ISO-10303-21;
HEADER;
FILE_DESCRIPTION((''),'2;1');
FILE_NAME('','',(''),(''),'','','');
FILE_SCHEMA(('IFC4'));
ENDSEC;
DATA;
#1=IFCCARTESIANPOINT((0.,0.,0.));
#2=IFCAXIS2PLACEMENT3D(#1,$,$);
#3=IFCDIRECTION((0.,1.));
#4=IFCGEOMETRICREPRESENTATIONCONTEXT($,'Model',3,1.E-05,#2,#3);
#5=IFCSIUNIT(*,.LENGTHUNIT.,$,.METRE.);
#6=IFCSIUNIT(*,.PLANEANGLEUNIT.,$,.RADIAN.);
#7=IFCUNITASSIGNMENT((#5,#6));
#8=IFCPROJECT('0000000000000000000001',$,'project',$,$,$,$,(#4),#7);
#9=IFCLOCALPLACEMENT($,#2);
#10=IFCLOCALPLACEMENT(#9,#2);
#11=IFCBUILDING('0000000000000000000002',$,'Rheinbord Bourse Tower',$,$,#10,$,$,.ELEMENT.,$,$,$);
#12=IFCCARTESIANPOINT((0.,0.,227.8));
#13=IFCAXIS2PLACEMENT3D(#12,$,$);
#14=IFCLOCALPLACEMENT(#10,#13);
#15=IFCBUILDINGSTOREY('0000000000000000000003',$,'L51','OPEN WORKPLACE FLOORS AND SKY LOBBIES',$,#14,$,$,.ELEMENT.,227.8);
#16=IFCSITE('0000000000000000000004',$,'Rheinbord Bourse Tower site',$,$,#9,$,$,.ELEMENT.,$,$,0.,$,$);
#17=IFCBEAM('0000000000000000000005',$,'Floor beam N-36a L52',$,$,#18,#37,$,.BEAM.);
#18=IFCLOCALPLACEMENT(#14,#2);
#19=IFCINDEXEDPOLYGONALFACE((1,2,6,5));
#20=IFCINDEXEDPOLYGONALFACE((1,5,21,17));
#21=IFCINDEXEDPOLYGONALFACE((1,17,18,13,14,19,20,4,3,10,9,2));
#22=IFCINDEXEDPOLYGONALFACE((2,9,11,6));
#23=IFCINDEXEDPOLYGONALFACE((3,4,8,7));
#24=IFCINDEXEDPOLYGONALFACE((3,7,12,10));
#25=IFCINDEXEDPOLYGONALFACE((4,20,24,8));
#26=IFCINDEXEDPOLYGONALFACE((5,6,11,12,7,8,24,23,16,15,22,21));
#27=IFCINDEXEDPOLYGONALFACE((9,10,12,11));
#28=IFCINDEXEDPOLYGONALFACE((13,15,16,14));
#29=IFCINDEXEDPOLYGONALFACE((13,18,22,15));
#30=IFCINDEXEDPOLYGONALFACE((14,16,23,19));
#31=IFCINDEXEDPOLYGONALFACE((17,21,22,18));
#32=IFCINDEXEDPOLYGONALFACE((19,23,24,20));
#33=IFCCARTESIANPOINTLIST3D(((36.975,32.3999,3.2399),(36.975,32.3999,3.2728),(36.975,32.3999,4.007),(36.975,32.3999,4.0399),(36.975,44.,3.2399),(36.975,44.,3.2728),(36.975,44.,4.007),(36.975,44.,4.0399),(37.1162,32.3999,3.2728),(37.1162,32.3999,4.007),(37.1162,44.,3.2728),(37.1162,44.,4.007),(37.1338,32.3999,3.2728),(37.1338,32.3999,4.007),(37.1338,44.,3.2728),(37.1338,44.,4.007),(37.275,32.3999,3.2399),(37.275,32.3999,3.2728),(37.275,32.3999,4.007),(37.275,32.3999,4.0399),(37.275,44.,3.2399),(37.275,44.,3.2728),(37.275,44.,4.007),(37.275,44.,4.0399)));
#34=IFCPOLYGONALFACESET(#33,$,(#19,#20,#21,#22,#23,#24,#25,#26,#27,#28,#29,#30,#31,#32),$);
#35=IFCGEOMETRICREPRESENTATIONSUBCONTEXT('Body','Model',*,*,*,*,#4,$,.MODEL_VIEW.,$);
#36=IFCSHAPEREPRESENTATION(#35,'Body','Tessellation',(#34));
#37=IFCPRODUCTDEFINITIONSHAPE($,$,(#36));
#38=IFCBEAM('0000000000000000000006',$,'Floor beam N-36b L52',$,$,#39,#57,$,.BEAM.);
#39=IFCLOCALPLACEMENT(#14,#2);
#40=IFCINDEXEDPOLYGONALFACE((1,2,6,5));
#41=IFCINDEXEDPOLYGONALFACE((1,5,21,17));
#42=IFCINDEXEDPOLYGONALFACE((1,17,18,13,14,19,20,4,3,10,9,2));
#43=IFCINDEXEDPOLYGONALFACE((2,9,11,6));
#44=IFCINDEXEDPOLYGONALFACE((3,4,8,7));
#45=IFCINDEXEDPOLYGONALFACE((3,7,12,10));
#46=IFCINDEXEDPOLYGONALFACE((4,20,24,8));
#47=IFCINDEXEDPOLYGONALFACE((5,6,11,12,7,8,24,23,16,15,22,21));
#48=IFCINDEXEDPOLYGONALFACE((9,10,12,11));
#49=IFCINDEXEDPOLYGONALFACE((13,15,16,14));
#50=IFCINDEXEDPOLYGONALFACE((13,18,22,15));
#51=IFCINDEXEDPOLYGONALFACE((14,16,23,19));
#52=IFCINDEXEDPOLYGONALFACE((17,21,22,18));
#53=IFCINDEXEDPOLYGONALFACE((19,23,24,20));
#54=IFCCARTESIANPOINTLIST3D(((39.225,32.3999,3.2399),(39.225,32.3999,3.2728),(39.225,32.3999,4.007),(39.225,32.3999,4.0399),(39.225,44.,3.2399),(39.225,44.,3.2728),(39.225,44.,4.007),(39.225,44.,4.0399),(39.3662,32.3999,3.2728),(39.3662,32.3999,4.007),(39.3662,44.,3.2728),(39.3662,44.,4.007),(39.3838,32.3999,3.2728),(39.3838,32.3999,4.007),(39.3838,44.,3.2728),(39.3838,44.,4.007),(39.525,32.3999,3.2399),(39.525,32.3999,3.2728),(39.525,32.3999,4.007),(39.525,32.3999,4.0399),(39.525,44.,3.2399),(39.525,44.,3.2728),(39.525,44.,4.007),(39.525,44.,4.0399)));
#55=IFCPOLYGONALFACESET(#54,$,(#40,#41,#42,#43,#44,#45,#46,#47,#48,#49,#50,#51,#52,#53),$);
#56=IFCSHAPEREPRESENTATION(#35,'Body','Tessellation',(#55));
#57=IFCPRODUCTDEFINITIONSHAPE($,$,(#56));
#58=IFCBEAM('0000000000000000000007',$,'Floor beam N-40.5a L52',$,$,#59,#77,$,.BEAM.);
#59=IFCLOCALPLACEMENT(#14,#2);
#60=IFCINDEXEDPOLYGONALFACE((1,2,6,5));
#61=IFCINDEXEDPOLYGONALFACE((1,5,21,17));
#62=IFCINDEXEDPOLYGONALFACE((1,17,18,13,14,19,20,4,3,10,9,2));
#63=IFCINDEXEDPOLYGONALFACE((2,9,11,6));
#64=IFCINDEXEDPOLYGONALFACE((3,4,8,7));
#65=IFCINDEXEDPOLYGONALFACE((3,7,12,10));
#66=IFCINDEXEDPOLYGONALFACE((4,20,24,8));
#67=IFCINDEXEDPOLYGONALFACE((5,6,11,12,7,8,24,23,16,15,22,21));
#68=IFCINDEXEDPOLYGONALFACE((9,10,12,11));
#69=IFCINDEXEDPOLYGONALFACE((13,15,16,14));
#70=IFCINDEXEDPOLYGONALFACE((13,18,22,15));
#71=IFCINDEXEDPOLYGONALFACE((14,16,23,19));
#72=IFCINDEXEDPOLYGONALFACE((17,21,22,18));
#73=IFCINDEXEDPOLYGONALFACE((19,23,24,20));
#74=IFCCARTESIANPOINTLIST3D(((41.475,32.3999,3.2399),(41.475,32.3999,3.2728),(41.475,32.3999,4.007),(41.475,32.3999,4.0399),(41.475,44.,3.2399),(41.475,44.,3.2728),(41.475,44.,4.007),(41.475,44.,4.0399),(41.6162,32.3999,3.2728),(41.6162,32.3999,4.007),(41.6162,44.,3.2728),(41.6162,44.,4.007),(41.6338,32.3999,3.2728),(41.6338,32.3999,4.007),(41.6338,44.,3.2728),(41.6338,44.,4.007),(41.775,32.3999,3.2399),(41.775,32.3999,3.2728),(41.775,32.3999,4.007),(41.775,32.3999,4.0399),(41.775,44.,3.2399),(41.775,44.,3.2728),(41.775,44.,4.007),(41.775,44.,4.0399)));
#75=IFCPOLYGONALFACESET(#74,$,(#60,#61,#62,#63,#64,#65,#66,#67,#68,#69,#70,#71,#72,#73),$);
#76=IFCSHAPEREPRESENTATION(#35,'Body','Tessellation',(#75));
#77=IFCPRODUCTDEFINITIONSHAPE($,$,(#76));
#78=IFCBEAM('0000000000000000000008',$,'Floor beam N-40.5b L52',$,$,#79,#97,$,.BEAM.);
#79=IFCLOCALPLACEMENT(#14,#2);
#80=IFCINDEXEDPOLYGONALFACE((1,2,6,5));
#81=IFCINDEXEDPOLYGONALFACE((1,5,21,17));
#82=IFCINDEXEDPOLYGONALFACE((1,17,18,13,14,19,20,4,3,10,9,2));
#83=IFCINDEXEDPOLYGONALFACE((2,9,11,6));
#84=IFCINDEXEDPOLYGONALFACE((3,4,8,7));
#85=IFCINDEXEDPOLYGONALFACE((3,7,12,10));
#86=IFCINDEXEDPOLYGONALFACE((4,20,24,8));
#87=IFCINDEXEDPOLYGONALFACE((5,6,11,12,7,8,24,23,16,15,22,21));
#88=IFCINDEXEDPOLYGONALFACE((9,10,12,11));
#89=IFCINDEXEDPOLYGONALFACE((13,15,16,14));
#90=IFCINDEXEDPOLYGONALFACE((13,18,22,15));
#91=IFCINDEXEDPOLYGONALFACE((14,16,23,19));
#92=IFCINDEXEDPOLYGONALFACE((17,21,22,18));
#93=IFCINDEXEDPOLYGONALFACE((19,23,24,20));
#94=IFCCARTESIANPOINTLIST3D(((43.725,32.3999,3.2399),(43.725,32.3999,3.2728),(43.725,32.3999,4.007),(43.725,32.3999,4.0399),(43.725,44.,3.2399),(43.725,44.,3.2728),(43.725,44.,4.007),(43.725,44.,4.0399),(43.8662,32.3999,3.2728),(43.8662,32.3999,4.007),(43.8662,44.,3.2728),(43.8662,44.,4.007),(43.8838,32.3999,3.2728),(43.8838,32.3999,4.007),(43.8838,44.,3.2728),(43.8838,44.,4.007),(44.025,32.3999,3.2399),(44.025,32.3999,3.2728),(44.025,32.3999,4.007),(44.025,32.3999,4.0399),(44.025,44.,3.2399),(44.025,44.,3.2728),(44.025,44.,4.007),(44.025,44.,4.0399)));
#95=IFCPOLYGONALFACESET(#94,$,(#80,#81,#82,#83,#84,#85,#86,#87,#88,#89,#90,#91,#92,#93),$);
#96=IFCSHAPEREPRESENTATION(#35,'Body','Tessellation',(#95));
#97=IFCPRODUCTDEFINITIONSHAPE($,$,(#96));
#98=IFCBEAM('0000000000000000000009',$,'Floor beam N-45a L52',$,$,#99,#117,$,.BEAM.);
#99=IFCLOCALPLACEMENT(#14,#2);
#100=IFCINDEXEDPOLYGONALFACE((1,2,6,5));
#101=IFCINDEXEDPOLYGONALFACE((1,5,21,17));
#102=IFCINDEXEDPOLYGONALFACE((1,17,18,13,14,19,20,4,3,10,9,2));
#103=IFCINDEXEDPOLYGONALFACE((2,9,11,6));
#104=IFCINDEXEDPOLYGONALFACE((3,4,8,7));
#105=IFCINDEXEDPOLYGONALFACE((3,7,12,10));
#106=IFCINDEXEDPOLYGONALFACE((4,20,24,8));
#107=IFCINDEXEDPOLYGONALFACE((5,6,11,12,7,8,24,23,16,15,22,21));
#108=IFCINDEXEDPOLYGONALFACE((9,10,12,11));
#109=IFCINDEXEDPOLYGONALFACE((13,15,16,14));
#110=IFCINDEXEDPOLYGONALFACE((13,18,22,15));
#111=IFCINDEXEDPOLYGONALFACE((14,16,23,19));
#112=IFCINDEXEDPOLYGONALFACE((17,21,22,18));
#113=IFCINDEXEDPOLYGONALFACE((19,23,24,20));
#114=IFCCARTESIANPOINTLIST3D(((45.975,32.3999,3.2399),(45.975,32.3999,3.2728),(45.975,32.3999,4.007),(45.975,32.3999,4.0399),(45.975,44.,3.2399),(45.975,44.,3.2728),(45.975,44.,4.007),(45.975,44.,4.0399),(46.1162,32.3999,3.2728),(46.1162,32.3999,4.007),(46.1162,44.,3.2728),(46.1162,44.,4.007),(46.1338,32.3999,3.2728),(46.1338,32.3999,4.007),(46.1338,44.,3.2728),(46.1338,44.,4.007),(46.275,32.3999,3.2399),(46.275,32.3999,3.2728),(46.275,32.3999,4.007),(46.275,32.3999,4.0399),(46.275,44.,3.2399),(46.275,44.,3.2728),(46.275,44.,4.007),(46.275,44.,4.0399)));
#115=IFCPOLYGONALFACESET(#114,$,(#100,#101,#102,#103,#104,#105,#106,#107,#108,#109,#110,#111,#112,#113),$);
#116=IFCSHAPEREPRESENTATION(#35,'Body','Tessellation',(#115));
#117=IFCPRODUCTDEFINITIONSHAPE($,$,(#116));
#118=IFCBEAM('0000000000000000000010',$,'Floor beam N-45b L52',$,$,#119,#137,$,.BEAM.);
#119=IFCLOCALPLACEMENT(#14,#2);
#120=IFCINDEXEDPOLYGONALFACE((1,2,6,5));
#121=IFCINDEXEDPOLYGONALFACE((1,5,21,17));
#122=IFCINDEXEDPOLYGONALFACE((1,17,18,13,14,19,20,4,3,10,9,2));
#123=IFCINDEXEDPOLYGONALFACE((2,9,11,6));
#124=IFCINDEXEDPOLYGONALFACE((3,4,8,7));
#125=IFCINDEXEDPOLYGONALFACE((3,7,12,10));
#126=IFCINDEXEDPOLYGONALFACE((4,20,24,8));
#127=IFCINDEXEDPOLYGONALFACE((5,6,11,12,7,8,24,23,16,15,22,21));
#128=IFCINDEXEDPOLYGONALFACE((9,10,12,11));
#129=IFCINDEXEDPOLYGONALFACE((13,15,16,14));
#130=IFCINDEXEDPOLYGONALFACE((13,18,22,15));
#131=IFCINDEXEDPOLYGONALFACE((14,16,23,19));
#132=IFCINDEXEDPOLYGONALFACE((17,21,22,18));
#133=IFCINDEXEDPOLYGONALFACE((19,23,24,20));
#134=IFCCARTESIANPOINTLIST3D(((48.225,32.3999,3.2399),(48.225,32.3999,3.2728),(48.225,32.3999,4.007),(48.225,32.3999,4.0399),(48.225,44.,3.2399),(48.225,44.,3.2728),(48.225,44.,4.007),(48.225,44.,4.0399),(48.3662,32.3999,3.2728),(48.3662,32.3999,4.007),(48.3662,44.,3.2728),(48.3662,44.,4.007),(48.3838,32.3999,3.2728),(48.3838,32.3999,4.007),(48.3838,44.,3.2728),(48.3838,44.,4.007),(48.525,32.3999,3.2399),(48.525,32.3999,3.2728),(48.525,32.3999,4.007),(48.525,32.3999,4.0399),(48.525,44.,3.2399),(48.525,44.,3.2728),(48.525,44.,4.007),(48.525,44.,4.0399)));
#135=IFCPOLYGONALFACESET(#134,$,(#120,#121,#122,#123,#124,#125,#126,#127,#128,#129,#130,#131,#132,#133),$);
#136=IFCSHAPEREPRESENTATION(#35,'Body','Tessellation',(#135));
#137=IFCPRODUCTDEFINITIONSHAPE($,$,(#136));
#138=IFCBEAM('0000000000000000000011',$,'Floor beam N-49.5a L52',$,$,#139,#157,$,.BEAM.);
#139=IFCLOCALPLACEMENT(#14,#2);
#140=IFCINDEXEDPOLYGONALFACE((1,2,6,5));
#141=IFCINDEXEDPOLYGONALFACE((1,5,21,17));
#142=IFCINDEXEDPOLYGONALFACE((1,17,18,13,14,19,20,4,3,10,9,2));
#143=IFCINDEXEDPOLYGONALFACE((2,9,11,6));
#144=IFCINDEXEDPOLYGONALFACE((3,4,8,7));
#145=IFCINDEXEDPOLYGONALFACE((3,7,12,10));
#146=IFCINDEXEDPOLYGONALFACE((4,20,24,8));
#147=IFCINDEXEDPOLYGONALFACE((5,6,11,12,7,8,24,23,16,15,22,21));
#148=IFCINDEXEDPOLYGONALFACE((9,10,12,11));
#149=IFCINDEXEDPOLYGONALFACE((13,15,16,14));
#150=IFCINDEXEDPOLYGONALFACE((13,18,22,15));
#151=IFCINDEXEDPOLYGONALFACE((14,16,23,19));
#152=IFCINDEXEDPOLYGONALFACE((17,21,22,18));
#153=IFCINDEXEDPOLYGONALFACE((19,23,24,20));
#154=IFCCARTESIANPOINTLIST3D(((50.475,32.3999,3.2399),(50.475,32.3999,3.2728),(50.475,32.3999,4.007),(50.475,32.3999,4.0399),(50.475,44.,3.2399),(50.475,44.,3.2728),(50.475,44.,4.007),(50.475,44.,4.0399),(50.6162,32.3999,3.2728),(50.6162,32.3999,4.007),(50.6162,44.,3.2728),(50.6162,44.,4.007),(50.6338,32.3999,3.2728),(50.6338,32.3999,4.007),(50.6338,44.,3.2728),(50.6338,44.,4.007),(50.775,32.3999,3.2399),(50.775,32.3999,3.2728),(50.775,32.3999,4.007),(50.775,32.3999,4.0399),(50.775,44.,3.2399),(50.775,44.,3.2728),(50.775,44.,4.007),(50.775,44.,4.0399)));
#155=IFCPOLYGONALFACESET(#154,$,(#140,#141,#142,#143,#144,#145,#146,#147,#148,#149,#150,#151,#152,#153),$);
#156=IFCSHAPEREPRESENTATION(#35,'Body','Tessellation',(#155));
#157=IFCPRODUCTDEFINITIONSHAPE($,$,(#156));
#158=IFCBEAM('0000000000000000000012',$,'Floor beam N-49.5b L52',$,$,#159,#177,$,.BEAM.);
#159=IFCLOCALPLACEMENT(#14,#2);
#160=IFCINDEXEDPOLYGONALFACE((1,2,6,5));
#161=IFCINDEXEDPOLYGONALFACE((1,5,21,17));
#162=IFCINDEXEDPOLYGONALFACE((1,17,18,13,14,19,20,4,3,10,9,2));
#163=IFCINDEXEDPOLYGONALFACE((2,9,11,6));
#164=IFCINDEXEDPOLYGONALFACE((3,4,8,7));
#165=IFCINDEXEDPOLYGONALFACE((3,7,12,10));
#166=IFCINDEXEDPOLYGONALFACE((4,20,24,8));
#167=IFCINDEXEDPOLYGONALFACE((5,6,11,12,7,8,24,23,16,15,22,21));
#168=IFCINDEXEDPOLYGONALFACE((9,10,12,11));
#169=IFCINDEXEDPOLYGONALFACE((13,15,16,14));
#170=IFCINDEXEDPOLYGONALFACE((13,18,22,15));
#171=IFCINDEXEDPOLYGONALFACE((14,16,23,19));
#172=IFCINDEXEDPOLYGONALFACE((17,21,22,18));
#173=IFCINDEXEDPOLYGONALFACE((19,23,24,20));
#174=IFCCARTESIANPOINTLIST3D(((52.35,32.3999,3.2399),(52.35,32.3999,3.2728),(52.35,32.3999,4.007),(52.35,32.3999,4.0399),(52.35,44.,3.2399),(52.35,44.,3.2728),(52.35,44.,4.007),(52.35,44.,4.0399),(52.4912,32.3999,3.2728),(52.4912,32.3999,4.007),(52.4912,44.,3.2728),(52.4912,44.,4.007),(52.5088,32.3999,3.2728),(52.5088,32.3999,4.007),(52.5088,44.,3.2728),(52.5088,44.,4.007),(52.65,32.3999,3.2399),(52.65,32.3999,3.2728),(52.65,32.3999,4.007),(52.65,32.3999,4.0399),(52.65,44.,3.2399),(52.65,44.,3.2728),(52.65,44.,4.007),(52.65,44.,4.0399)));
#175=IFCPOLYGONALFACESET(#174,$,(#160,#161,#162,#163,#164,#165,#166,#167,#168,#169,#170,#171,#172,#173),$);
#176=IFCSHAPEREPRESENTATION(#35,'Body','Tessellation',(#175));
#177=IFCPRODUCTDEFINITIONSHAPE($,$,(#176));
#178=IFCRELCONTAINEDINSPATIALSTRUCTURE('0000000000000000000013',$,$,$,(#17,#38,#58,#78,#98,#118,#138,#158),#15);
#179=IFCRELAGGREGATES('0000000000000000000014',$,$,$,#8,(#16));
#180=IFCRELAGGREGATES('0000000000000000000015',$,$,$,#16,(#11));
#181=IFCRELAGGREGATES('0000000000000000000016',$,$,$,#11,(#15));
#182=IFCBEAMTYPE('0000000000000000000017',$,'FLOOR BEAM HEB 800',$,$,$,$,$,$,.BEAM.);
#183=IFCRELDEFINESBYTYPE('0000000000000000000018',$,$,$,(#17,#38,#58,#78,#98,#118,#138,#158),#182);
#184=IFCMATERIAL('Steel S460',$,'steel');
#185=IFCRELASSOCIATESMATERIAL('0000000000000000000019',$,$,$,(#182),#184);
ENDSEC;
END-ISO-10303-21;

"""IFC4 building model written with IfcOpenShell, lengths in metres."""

from ifc_helpers import new_model, si_unit, direction, frame, origin, origin_2d, place, context, subcontext, project, spatial, i_section, extrude, material, material_profile, profile_set, type_object, element, save


model = new_model("IFC4")

# Units and contexts
model_context = context("Model", 3, precision=1e-05, world=origin(), true_north=direction((0.0, 1.0)))
body_context = subcontext(model_context, "Body", "Model", "MODEL_VIEW")
ifc_project = project(units=[si_unit("LENGTHUNIT", "METRE"), si_unit("PLANEANGLEUNIT", "RADIAN")], contexts=[model_context])

# Site, building, storey
site_placement = place(None, origin())
site = spatial("IfcSite", under=ifc_project, at=site_placement, Name="Rheinbord Bourse Tower site", CompositionType="ELEMENT", RefElevation=0.0)
building_placement = place(site_placement, origin())
building = spatial("IfcBuilding", under=site, at=building_placement, Name="Rheinbord Bourse Tower", CompositionType="ELEMENT")
storey_placement = place(building_placement, frame((0.0, 0.0, 227.8)))
storey = spatial("IfcBuildingStorey", under=building, at=storey_placement, Name="L51", Description="OPEN WORKPLACE FLOORS AND SKY LOBBIES", CompositionType="ELEMENT", Elevation=227.8)

# Beams
ifc_material_1 = material(Name="Steel S460", Category="steel")
ifc_material_profile_1 = material_profile(ifc_material_1, i_section(OverallWidth=0.3, OverallDepth=0.8, WebThickness=0.0176, FlangeThickness=0.033, at=origin_2d()), Name="HEB 800")
ifc_profile_set_1 = profile_set([ifc_material_profile_1], Name="Steel S460")
beam_type_1 = type_object("IfcBeamType", Name="FLOOR BEAM HEB 800", PredefinedType="BEAM", material=ifc_profile_set_1)
for number, where, z_axis, x_axis, name in (
    (1, (37.125, 44.0, 3.6399), (0.0, -1.0, 0.0), (1.0, 0.0, 0.0), "Floor beam N-36a L52"),
    (2, (39.375, 44.0, 3.6399), (0.0, -1.0, 0.0), (1.0, 0.0, 0.0), "Floor beam N-36b L52"),
    (3, (41.625, 44.0, 3.6399), (0.0, -1.0, 0.0), (1.0, 0.0, 0.0), "Floor beam N-40.5a L52"),
    (4, (43.875, 44.0, 3.6399), (0.0, -1.0, 0.0), (1.0, 0.0, 0.0), "Floor beam N-40.5b L52"),
    (5, (46.125, 44.0, 3.6399), (0.0, -1.0, 0.0), (1.0, 0.0, 0.0), "Floor beam N-45a L52"),
    (6, (48.375, 44.0, 3.6399), (0.0, -1.0, 0.0), (1.0, 0.0, 0.0), "Floor beam N-45b L52"),
    (7, (50.625, 44.0, 3.6399), (0.0, -1.0, 0.0), (1.0, 0.0, 0.0), "Floor beam N-49.5a L52"),
    (8, (52.5, 44.0, 3.6399), (0.0, -1.0, 0.0), (1.0, 0.0, 0.0), "Floor beam N-49.5b L52"),
):
    element("IfcBeam", number, at=place(storey_placement, frame(where, z_axis=z_axis, x_axis=x_axis)), inside=storey, type_object=beam_type_1, Name=name, PredefinedType="BEAM", context=body_context, shape_type="SweptSolid", body=[
        extrude(i_section(OverallWidth=0.3, OverallDepth=0.8, WebThickness=0.0176, FlangeThickness=0.033, at=origin_2d()), origin(), (0.0, 0.0, 1.0), 11.6001),
    ])

save(model, "model.ifc")
